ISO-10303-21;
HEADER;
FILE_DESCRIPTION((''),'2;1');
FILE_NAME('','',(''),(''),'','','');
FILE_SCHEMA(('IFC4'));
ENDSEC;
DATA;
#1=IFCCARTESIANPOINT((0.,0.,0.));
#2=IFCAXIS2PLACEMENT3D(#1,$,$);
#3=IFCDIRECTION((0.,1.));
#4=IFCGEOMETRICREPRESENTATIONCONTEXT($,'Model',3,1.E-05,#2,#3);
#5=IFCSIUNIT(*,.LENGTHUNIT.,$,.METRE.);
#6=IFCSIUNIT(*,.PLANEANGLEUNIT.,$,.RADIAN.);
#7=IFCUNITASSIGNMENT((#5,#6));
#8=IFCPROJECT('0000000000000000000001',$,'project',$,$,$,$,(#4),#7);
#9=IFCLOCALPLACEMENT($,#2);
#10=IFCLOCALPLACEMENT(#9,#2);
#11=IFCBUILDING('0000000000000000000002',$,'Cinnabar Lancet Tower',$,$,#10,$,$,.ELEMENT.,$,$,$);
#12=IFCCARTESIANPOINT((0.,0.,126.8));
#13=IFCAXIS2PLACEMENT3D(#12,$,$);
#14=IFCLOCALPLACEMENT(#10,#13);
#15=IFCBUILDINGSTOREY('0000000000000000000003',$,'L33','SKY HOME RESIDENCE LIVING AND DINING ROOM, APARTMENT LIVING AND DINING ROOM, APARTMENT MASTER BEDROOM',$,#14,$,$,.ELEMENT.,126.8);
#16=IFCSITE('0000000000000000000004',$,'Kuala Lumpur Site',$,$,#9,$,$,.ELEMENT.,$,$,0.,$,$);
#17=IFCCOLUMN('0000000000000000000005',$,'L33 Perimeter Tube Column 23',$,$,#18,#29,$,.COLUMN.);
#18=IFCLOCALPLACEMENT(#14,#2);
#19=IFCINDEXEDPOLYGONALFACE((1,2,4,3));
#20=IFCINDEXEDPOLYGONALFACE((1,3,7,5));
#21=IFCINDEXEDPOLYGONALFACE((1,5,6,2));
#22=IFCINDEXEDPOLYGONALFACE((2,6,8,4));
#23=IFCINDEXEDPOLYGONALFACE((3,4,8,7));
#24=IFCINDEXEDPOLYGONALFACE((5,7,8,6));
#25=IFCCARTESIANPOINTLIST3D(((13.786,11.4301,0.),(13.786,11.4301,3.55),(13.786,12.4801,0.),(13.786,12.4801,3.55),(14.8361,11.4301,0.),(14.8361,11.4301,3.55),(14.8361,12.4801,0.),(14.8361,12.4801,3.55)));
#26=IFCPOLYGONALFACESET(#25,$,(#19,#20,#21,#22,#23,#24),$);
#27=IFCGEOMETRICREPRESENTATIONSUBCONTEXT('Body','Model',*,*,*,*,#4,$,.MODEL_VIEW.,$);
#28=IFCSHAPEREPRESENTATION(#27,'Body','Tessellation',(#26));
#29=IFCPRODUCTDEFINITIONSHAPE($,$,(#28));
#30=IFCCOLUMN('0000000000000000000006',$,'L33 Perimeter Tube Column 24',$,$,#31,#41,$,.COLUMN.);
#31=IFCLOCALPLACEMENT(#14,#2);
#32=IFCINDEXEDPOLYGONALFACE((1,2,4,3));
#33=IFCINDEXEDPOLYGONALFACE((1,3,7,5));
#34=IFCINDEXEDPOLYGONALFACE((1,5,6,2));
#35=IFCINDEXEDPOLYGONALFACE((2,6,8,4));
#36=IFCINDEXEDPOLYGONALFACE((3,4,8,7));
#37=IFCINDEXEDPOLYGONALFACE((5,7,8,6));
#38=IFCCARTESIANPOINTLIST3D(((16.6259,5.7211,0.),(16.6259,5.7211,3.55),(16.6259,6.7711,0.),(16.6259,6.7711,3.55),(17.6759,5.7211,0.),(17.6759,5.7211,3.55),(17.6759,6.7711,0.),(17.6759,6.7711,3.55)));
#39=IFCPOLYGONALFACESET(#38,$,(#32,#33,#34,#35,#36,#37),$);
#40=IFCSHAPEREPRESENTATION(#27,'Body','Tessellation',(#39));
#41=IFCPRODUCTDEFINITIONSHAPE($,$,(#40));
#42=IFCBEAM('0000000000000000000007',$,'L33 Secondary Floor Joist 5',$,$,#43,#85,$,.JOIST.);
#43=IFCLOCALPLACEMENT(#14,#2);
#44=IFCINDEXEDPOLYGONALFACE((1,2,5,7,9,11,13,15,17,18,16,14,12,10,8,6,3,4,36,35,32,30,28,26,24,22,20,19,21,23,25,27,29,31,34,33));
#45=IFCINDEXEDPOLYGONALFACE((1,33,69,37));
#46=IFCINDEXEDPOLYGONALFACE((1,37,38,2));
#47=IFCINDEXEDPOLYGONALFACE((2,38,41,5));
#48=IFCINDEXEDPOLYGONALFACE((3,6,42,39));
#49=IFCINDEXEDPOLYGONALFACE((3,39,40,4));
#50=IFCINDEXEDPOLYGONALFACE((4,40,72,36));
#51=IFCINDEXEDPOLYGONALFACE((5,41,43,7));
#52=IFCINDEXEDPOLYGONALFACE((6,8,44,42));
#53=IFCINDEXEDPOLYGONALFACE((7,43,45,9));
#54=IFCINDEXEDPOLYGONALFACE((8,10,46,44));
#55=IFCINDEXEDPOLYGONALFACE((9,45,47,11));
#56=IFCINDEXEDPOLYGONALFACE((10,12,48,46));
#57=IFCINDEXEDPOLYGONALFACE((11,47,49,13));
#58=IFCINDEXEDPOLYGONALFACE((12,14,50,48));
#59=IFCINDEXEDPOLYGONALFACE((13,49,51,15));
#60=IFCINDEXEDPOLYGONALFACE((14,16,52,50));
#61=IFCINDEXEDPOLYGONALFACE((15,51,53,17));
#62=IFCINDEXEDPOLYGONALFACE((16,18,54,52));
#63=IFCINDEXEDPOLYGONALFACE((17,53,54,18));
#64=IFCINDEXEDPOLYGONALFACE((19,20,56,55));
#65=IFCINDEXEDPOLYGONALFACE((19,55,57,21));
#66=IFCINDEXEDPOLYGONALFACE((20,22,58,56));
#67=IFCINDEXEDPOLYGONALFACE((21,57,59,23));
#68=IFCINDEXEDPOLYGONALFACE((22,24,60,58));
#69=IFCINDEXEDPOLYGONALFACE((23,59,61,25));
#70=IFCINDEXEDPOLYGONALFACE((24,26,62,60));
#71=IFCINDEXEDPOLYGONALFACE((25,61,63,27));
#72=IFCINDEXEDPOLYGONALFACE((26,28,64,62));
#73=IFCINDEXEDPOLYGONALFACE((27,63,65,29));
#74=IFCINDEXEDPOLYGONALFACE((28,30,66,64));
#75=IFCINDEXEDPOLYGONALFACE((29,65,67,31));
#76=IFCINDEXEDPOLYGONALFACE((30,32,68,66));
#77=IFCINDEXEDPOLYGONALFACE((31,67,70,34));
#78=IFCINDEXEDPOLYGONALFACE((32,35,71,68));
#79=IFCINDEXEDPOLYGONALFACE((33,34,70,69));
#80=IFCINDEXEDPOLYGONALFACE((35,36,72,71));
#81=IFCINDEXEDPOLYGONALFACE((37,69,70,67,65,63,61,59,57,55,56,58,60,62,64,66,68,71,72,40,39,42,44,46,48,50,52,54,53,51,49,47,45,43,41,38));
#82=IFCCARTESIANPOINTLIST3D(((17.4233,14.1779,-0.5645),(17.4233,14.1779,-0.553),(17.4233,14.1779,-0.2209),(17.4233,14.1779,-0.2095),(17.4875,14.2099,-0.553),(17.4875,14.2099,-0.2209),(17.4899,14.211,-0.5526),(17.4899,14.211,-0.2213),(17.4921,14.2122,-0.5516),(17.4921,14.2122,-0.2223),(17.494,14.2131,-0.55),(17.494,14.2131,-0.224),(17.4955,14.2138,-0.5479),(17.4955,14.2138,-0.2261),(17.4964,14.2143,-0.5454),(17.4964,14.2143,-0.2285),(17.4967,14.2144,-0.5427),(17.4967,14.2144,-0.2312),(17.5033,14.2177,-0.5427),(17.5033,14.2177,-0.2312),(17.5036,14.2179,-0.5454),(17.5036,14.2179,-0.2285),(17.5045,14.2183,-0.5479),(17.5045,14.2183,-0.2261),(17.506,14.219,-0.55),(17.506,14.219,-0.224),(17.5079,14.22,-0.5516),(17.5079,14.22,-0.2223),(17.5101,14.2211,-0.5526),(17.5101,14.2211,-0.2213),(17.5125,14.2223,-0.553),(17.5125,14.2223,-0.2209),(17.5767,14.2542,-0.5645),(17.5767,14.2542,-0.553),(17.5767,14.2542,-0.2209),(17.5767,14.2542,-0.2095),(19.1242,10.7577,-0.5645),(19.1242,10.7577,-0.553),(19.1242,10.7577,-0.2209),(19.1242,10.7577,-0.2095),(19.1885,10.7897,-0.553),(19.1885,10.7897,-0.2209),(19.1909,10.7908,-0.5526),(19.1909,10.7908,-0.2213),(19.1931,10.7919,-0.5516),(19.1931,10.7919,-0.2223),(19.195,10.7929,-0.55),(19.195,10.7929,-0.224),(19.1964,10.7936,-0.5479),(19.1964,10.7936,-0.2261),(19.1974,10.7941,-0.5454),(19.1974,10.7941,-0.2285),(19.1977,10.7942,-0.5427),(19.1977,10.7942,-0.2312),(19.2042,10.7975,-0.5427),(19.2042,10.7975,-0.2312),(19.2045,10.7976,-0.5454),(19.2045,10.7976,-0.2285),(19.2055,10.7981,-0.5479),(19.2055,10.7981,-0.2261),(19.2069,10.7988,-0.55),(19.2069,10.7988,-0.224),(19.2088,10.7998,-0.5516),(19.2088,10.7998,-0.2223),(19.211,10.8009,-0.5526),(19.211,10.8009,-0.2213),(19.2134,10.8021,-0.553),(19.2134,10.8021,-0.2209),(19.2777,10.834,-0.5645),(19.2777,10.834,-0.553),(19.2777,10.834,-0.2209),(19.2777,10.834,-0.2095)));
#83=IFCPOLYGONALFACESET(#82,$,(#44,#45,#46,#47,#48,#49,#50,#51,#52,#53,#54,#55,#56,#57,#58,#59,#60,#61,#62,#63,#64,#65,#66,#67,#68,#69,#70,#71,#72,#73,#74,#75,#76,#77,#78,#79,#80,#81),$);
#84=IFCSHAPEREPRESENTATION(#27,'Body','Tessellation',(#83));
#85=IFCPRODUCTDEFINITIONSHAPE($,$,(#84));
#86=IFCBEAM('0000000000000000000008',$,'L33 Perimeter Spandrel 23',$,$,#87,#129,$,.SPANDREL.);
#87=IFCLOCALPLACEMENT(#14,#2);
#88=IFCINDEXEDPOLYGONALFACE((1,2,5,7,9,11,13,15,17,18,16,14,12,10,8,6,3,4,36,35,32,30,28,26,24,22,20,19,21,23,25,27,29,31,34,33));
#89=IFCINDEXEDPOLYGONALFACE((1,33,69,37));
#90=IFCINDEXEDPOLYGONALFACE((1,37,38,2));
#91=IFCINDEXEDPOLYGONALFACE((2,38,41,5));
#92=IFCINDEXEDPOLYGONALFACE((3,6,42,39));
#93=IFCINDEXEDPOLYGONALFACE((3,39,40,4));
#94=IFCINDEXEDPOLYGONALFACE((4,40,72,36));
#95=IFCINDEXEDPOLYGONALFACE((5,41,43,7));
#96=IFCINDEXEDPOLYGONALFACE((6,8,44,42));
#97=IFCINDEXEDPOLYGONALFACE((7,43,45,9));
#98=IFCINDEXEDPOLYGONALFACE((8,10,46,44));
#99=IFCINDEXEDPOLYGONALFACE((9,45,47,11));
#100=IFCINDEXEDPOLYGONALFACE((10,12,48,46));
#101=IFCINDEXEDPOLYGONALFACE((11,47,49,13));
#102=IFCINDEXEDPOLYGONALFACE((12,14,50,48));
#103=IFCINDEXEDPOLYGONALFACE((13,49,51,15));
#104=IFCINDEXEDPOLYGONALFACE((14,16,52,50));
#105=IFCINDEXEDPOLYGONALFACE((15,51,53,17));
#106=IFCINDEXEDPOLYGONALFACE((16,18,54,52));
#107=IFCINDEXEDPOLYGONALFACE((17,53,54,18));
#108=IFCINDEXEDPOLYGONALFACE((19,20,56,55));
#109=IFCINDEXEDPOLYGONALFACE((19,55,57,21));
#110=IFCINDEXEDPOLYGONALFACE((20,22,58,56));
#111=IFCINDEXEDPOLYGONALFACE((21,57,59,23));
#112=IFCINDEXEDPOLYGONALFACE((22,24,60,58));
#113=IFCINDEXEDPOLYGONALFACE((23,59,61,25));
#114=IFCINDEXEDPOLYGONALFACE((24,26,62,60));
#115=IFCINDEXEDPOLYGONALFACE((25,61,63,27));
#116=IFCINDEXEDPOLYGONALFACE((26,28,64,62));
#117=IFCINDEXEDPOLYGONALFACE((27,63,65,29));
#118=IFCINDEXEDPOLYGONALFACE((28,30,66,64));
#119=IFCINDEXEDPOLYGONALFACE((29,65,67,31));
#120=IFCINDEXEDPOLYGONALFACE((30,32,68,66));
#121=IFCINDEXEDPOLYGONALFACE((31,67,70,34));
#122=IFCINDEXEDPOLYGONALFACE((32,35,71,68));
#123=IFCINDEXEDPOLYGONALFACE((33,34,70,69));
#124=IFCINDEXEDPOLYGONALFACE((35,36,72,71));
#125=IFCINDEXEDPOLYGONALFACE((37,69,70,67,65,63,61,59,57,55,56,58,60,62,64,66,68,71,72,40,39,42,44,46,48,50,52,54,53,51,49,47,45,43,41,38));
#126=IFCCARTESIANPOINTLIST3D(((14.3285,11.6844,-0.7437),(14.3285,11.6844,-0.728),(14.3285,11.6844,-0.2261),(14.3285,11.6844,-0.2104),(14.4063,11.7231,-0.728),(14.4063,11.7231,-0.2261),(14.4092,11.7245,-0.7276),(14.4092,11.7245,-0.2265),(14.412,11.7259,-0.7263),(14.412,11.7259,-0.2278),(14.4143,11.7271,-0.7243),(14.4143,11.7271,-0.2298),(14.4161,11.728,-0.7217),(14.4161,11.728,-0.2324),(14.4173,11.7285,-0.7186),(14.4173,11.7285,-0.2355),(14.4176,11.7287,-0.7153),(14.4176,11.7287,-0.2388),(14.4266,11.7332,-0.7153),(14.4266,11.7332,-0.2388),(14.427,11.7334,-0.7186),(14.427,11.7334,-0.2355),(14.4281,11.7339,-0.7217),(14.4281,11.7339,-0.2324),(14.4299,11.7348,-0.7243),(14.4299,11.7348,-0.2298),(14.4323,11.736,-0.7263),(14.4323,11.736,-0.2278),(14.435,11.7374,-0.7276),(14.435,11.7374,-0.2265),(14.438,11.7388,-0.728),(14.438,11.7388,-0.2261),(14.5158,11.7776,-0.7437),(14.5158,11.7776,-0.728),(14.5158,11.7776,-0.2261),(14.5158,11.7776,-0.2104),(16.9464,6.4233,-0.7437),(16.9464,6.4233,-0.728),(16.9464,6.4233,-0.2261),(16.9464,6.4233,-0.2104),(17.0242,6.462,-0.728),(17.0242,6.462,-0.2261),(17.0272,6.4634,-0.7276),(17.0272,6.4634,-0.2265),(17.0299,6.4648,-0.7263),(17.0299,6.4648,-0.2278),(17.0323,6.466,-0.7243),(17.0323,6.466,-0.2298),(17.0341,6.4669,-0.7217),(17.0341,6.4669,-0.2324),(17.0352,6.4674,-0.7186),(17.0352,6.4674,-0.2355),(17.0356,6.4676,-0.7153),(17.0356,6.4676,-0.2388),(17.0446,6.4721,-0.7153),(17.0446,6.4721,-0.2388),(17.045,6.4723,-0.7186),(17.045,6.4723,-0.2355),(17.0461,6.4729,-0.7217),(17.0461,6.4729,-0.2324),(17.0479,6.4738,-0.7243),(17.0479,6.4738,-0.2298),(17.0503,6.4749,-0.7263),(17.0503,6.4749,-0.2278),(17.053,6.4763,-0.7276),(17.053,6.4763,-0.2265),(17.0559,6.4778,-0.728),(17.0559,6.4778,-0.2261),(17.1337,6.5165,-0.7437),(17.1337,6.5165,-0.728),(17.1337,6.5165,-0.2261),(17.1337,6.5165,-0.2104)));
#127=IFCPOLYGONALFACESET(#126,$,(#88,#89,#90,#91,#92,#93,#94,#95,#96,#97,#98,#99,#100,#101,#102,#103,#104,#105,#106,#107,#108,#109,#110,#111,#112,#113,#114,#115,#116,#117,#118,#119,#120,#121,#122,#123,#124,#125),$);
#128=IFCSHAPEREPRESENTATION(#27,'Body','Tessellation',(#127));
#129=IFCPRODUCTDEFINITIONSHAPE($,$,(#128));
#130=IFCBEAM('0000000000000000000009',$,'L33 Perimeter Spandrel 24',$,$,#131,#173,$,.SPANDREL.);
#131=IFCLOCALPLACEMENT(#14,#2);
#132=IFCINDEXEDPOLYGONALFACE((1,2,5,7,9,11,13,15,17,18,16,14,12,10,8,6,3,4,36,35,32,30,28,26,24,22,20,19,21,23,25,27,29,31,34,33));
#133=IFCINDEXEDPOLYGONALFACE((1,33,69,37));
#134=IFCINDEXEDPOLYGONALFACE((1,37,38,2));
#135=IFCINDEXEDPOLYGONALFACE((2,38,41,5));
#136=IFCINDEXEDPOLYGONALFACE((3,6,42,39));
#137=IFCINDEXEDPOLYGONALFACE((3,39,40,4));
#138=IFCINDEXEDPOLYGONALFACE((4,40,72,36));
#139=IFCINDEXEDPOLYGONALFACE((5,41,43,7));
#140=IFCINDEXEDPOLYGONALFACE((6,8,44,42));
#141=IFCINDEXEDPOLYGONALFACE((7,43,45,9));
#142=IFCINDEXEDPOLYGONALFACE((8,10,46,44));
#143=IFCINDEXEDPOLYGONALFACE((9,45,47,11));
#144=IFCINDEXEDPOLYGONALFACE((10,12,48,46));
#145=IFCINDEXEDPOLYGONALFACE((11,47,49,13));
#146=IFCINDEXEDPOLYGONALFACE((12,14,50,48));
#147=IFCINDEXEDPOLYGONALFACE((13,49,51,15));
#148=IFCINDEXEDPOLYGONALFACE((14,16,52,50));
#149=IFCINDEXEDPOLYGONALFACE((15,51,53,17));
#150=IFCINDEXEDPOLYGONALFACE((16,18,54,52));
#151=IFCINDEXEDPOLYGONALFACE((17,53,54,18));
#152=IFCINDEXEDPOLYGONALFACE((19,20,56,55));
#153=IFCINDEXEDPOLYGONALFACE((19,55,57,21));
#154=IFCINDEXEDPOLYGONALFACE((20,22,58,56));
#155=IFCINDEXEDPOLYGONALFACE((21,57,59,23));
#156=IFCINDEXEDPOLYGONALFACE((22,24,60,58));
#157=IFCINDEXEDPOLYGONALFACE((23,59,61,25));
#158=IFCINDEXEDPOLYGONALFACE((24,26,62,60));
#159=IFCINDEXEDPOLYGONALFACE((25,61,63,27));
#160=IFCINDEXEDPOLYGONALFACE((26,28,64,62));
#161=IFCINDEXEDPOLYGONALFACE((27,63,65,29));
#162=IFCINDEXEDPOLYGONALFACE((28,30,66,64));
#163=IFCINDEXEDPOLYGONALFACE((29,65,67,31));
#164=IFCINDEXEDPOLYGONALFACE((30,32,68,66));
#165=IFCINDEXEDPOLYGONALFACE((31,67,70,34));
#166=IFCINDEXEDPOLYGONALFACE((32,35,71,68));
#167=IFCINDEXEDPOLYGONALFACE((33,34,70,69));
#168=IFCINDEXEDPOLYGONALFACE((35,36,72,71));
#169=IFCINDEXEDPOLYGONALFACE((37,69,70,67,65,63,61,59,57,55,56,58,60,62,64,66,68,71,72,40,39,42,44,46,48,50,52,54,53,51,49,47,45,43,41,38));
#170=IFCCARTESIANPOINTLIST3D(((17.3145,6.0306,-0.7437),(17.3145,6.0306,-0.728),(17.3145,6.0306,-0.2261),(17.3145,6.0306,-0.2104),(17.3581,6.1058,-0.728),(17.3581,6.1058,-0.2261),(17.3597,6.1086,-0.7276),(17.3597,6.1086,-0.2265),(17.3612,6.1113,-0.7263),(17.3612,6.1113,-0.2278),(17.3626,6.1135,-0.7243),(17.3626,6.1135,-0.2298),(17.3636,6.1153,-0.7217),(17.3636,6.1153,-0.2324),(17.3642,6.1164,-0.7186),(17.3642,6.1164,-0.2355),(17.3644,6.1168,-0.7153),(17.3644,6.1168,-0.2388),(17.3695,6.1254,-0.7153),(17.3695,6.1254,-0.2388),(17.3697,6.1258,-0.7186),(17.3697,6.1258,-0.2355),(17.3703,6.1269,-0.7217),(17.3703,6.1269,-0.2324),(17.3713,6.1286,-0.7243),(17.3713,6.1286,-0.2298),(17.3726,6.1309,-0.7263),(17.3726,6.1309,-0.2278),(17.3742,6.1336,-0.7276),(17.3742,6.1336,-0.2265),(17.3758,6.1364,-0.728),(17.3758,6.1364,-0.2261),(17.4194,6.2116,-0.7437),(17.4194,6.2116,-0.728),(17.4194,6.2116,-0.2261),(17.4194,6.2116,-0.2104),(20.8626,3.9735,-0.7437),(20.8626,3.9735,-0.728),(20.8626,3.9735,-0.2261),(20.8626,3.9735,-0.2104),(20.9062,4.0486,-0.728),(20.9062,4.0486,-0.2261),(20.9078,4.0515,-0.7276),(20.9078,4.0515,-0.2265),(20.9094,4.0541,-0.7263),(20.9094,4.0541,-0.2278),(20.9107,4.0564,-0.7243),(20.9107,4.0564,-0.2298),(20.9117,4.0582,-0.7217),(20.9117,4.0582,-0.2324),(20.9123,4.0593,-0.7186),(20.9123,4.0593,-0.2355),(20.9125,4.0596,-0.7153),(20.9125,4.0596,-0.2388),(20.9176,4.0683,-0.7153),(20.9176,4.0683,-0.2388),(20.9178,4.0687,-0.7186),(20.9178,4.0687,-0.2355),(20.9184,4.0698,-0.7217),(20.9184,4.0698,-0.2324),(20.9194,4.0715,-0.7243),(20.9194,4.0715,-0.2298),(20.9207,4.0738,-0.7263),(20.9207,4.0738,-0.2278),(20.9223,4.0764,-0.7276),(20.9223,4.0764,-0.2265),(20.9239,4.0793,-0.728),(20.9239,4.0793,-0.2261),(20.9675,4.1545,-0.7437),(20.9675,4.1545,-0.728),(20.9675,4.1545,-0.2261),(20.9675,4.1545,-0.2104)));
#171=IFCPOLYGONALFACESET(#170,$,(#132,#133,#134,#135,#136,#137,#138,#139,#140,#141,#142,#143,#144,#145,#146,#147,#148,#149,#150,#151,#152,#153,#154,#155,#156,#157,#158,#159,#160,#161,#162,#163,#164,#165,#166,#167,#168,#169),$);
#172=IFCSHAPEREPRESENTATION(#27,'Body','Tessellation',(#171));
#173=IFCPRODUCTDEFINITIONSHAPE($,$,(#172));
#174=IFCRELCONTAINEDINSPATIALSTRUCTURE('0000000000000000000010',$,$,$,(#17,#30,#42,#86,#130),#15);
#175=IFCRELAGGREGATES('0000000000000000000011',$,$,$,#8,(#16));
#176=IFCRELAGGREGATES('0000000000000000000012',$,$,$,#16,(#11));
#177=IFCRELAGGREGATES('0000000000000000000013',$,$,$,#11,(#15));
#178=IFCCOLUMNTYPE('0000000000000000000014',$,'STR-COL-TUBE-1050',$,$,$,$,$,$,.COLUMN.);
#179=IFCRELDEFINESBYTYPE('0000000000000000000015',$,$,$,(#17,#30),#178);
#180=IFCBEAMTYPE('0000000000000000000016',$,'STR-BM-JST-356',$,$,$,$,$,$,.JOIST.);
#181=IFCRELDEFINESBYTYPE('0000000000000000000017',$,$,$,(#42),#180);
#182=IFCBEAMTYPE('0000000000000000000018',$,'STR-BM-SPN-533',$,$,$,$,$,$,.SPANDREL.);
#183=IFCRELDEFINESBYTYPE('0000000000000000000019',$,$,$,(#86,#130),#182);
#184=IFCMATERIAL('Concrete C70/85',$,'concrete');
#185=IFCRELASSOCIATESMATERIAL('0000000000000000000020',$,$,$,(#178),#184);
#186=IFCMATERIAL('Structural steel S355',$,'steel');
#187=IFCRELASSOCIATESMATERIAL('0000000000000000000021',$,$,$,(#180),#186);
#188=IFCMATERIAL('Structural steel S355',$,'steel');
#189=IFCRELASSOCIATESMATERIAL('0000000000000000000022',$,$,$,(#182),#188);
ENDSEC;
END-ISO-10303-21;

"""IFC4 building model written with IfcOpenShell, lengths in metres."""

from ifc_helpers import new_model, si_unit, direction, frame, origin, origin_2d, place, context, subcontext, project, spatial, rectangle, i_section, extrude, material, material_profile, profile_set, type_object, element, save


model = new_model("IFC4")

# Units and contexts
model_context = context("Model", 3, precision=1e-05, world=origin(), true_north=direction((0.0, 1.0)))
body_context = subcontext(model_context, "Body", "Model", "MODEL_VIEW")
ifc_project = project(units=[si_unit("LENGTHUNIT", "METRE"), si_unit("PLANEANGLEUNIT", "RADIAN")], contexts=[model_context])

# Site, building, storey
site_placement = place(None, origin())
site = spatial("IfcSite", under=ifc_project, at=site_placement, Name="Kuala Lumpur Site", CompositionType="ELEMENT", RefElevation=0.0)
building_placement = place(site_placement, origin())
building = spatial("IfcBuilding", under=site, at=building_placement, Name="Cinnabar Lancet Tower", CompositionType="ELEMENT")
storey_placement = place(building_placement, frame((0.0, 0.0, 126.8)))
storey = spatial("IfcBuildingStorey", under=building, at=storey_placement, Name="L33", Description="SKY HOME RESIDENCE LIVING AND DINING ROOM, APARTMENT LIVING AND DINING ROOM, APARTMENT MASTER BEDROOM", CompositionType="ELEMENT", Elevation=126.8)

# Columns
ifc_material_1 = material(Name="Concrete C70/85", Category="concrete")
ifc_material_profile_1 = material_profile(ifc_material_1, rectangle(XDim=1.05, YDim=1.05, at=origin_2d()), Name="RC-COL 1050x1050")
ifc_profile_set_1 = profile_set([ifc_material_profile_1], Name="Concrete C70/85")
column_type = type_object("IfcColumnType", Name="STR-COL-TUBE-1050", PredefinedType="COLUMN", material=ifc_profile_set_1)
for number, where, z_axis, x_axis, name in (
    (1, (14.311, 11.9551, 0.0), (0.0, 0.0, 1.0), (1.0, 0.0, 0.0), "L33 Perimeter Tube Column 23"),
    (2, (17.1509, 6.2461, 0.0), (0.0, 0.0, 1.0), (1.0, 0.0, 0.0), "L33 Perimeter Tube Column 24"),
):
    element("IfcColumn", number, at=place(storey_placement, frame(where, z_axis=z_axis, x_axis=x_axis)), inside=storey, type_object=column_type, Name=name, PredefinedType="COLUMN", context=body_context, shape_type="SweptSolid", body=[
        extrude(rectangle(XDim=1.05, YDim=1.05, at=origin_2d()), origin(), (0.0, 0.0, 1.0), 3.55),
    ])

# Beams
ifc_material_2 = material(Name="Structural steel S355", Category="steel")
ifc_material_profile_2 = material_profile(ifc_material_2, i_section(OverallWidth=0.1714, OverallDepth=0.355, WebThickness=0.0073, FlangeThickness=0.0115, FilletRadius=0.0103, at=origin_2d()), Name="UKB 356x171x51")
ifc_profile_set_2 = profile_set([ifc_material_profile_2], Name="Structural steel S355")
beam_type_1 = type_object("IfcBeamType", Name="STR-BM-JST-356", PredefinedType="JOIST", material=ifc_profile_set_2)
beam_1_placement = place(storey_placement, frame((17.5, 14.2161, -0.387), z_axis=(0.445295, -0.895384, 0.0), x_axis=(0.895384, 0.445295, 0.0)))
element("IfcBeam", 3, at=beam_1_placement, inside=storey, type_object=beam_type_1, Name="L33 Secondary Floor Joist 5", PredefinedType="JOIST", context=body_context, shape_type="SweptSolid", body=[
    extrude(i_section(OverallWidth=0.1714, OverallDepth=0.355, WebThickness=0.0073, FlangeThickness=0.0115, FilletRadius=0.0103, at=origin_2d()), origin(), (0.0, 0.0, 1.0), 3.8198),
])
ifc_material_3 = material(Name="Structural steel S355", Category="steel")
ifc_material_profile_3 = material_profile(ifc_material_3, i_section(OverallWidth=0.2092, OverallDepth=0.5332, WebThickness=0.01, FlangeThickness=0.0156, FilletRadius=0.0127, at=origin_2d()), Name="UKB 533x210x92")
ifc_profile_set_3 = profile_set([ifc_material_profile_3], Name="Structural steel S355")
beam_type_2 = type_object("IfcBeamType", Name="STR-BM-SPN-533", PredefinedType="SPANDREL", material=ifc_profile_set_3)
beam_2_placement = place(storey_placement, frame((14.4221, 11.731, -0.4771), z_axis=(0.445501, -0.895281, 0.0), x_axis=(0.895281, 0.445501, 0.0)))
element("IfcBeam", 4, at=beam_2_placement, inside=storey, type_object=beam_type_2, Name="L33 Perimeter Spandrel 23", PredefinedType="SPANDREL", context=body_context, shape_type="SweptSolid", body=[
    extrude(i_section(OverallWidth=0.2092, OverallDepth=0.5332, WebThickness=0.01, FlangeThickness=0.0156, FilletRadius=0.0127, at=origin_2d()), origin(), (0.0, 0.0, 1.0), 5.8765),
])
beam_3_placement = place(storey_placement, frame((17.3669, 6.1211, -0.4771), z_axis=(0.865112, -0.501578, 0.0), x_axis=(0.501578, 0.865112, 0.0)))
element("IfcBeam", 5, at=beam_3_placement, inside=storey, type_object=beam_type_2, Name="L33 Perimeter Spandrel 24", PredefinedType="SPANDREL", context=body_context, shape_type="SweptSolid", body=[
    extrude(i_section(OverallWidth=0.2092, OverallDepth=0.5332, WebThickness=0.01, FlangeThickness=0.0156, FilletRadius=0.0127, at=origin_2d()), origin(), (0.0, 0.0, 1.0), 4.1013),
])

save(model, "model.ifc")
